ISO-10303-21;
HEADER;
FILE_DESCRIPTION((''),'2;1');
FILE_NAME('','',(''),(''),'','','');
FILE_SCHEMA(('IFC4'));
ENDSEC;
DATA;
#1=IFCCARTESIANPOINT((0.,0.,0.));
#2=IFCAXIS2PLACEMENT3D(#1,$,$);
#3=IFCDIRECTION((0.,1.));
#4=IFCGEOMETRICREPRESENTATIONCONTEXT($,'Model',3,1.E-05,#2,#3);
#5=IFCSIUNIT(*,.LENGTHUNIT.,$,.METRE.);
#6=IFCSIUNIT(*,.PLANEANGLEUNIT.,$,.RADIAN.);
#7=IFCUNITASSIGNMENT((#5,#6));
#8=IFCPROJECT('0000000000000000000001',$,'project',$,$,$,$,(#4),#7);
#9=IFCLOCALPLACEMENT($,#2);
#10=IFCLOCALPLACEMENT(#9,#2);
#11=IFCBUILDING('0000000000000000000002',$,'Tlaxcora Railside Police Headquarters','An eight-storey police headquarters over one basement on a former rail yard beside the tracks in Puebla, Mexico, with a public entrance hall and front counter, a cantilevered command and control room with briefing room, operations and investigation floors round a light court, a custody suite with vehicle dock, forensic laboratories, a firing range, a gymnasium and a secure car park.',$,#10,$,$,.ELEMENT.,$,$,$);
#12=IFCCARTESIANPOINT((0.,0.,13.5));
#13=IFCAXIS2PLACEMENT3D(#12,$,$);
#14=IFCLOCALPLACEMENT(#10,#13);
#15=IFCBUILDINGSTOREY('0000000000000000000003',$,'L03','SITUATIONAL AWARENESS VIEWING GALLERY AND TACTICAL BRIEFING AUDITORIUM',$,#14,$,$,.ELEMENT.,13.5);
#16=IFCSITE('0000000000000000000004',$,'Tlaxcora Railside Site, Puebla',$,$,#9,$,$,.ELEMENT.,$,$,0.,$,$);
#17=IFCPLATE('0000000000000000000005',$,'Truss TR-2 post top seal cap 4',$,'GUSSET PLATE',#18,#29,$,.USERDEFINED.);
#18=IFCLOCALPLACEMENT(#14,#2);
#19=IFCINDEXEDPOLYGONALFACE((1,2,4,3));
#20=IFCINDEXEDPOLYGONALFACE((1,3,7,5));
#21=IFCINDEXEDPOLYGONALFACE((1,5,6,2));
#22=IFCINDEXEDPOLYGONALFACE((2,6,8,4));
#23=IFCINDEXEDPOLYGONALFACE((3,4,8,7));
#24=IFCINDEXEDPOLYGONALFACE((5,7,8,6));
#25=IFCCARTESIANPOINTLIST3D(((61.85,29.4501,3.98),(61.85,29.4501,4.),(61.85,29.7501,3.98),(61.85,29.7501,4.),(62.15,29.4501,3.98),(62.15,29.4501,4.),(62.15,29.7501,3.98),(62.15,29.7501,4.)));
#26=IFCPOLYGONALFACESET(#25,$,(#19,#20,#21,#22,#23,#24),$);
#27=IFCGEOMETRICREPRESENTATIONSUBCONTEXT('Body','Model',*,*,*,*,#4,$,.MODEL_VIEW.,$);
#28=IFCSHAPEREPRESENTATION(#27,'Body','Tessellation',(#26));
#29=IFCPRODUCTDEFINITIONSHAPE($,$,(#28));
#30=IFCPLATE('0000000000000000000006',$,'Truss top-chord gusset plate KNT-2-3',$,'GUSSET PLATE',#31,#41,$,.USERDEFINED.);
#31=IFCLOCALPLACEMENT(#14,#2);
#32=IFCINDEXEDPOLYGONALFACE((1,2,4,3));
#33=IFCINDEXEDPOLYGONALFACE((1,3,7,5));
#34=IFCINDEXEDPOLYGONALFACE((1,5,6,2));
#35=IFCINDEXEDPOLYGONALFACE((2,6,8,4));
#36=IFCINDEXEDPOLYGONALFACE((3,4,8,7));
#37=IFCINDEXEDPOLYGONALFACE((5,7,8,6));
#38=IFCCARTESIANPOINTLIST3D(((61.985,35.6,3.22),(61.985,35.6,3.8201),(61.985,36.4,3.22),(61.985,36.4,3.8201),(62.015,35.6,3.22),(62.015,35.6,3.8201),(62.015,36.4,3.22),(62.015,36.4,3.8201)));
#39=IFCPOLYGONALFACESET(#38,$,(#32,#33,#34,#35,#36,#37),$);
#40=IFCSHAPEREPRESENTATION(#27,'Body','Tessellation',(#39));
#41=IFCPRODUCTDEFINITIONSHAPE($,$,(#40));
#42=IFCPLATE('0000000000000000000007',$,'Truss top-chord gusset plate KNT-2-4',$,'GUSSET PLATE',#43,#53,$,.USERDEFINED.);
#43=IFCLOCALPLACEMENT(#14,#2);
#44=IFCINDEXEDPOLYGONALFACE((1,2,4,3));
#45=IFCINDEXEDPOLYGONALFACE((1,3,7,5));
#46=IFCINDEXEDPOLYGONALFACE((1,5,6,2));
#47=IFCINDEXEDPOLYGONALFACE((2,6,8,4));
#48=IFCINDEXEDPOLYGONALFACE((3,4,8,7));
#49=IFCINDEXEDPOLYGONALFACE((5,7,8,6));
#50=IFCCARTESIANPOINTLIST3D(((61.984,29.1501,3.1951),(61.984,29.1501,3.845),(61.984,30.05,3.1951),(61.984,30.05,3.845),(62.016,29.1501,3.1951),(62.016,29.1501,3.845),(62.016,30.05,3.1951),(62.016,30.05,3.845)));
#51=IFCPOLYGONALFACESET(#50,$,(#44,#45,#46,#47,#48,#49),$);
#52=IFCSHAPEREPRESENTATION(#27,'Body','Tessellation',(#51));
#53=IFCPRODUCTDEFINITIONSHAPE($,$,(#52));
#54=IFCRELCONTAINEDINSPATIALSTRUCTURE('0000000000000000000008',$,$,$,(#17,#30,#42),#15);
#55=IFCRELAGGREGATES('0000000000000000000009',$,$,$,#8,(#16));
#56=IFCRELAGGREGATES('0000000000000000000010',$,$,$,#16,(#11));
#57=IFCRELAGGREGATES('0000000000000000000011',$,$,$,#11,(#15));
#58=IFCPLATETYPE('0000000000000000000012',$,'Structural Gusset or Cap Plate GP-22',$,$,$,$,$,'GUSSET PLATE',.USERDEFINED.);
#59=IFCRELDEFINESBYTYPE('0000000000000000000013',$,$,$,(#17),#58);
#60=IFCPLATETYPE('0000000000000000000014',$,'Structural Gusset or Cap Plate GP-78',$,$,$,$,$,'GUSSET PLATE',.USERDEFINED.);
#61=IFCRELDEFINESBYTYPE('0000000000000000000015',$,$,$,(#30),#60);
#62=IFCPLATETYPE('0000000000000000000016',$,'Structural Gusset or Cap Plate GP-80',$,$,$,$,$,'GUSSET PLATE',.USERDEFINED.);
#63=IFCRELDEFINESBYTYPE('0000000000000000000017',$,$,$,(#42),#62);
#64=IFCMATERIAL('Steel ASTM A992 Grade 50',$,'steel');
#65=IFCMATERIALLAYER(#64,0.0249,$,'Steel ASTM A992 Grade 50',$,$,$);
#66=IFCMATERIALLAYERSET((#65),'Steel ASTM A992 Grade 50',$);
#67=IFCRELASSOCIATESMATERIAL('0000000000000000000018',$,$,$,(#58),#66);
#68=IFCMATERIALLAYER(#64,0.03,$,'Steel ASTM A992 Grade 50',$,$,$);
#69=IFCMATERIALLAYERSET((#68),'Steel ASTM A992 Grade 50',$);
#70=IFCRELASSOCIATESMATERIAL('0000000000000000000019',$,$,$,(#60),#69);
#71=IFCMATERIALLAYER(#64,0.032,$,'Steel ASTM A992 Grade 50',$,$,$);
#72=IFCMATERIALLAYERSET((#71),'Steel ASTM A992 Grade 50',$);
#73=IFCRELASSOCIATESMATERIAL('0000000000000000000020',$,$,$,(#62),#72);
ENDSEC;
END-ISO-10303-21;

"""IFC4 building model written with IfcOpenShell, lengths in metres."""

from ifc_helpers import new_model, si_unit, direction, frame, origin, origin_2d, place, context, subcontext, project, spatial, rectangle, extrude, material, layer, layer_set, type_object, element, save


model = new_model("IFC4")

# Units and contexts
model_context = context("Model", 3, precision=1e-05, world=origin(), true_north=direction((0.0, 1.0)))
body_context = subcontext(model_context, "Body", "Model", "MODEL_VIEW")
ifc_project = project(units=[si_unit("LENGTHUNIT", "METRE"), si_unit("PLANEANGLEUNIT", "RADIAN")], contexts=[model_context])

# Site, building, storey
site_placement = place(None, origin())
site = spatial("IfcSite", under=ifc_project, at=site_placement, Name="Tlaxcora Railside Site, Puebla", CompositionType="ELEMENT", RefElevation=0.0)
building_placement = place(site_placement, origin())
building = spatial("IfcBuilding", under=site, at=building_placement, Name="Tlaxcora Railside Police Headquarters", Description="An eight-storey police headquarters over one basement on a former rail yard beside the tracks in Puebla, Mexico, with a public entrance hall and front counter, a cantilevered command and control room with briefing room, operations and investigation floors round a light court, a custody suite with vehicle dock, forensic laboratories, a firing range, a gymnasium and a secure car park.", CompositionType="ELEMENT")
storey_placement = place(building_placement, frame((0.0, 0.0, 13.5)))
storey = spatial("IfcBuildingStorey", under=building, at=storey_placement, Name="L03", Description="SITUATIONAL AWARENESS VIEWING GALLERY AND TACTICAL BRIEFING AUDITORIUM", CompositionType="ELEMENT", Elevation=13.5)

# Shared definitions
ifc_material_1 = material(Name="Steel ASTM A992 Grade 50", Category="steel")

# Plates
ifc_layer_1 = layer(ifc_material_1, 0.0249, Name="Steel ASTM A992 Grade 50")
ifc_layer_set_1 = layer_set([ifc_layer_1], Name="Steel ASTM A992 Grade 50")
plate_type_1 = type_object("IfcPlateType", Name="Structural Gusset or Cap Plate GP-22", ElementType="GUSSET PLATE", PredefinedType="USERDEFINED", material=ifc_layer_set_1)
plate_1_placement = place(storey_placement, frame((62.0, 29.6001, 3.98), z_axis=(0.0, 0.0, 1.0), x_axis=(1.0, 0.0, 0.0)))
element("IfcPlate", 1, at=plate_1_placement, inside=storey, type_object=plate_type_1, Name="Truss TR-2 post top seal cap 4", ObjectType="GUSSET PLATE", PredefinedType="USERDEFINED", context=body_context, shape_type="SweptSolid", body=[
    extrude(rectangle(XDim=0.3, YDim=0.3, at=origin_2d()), origin(), (0.0, 0.0, 1.0), 0.02),
])
ifc_layer_2 = layer(ifc_material_1, 0.03, Name="Steel ASTM A992 Grade 50")
ifc_layer_set_2 = layer_set([ifc_layer_2], Name="Steel ASTM A992 Grade 50")
plate_type_2 = type_object("IfcPlateType", Name="Structural Gusset or Cap Plate GP-78", ElementType="GUSSET PLATE", PredefinedType="USERDEFINED", material=ifc_layer_set_2)
plate_2_placement = place(storey_placement, frame((62.0, 36.0, 3.22), z_axis=(0.0, 0.0, 1.0), x_axis=(0.0, 1.0, 0.0)))
element("IfcPlate", 2, at=plate_2_placement, inside=storey, type_object=plate_type_2, Name="Truss top-chord gusset plate KNT-2-3", ObjectType="GUSSET PLATE", PredefinedType="USERDEFINED", context=body_context, shape_type="SweptSolid", body=[
    extrude(rectangle(XDim=0.8, YDim=0.03, at=origin_2d()), origin(), (0.0, 0.0, 1.0), 0.6001),
])
ifc_layer_3 = layer(ifc_material_1, 0.032, Name="Steel ASTM A992 Grade 50")
ifc_layer_set_3 = layer_set([ifc_layer_3], Name="Steel ASTM A992 Grade 50")
plate_type_3 = type_object("IfcPlateType", Name="Structural Gusset or Cap Plate GP-80", ElementType="GUSSET PLATE", PredefinedType="USERDEFINED", material=ifc_layer_set_3)
plate_3_placement = place(storey_placement, frame((62.0, 29.6001, 3.1951), z_axis=(0.0, 0.0, 1.0), x_axis=(0.0, 1.0, 0.0)))
element("IfcPlate", 3, at=plate_3_placement, inside=storey, type_object=plate_type_3, Name="Truss top-chord gusset plate KNT-2-4", ObjectType="GUSSET PLATE", PredefinedType="USERDEFINED", context=body_context, shape_type="SweptSolid", body=[
    extrude(rectangle(XDim=0.8999, YDim=0.032, at=origin_2d()), origin(), (0.0, 0.0, 1.0), 0.6499),
])

save(model, "model.ifc")
